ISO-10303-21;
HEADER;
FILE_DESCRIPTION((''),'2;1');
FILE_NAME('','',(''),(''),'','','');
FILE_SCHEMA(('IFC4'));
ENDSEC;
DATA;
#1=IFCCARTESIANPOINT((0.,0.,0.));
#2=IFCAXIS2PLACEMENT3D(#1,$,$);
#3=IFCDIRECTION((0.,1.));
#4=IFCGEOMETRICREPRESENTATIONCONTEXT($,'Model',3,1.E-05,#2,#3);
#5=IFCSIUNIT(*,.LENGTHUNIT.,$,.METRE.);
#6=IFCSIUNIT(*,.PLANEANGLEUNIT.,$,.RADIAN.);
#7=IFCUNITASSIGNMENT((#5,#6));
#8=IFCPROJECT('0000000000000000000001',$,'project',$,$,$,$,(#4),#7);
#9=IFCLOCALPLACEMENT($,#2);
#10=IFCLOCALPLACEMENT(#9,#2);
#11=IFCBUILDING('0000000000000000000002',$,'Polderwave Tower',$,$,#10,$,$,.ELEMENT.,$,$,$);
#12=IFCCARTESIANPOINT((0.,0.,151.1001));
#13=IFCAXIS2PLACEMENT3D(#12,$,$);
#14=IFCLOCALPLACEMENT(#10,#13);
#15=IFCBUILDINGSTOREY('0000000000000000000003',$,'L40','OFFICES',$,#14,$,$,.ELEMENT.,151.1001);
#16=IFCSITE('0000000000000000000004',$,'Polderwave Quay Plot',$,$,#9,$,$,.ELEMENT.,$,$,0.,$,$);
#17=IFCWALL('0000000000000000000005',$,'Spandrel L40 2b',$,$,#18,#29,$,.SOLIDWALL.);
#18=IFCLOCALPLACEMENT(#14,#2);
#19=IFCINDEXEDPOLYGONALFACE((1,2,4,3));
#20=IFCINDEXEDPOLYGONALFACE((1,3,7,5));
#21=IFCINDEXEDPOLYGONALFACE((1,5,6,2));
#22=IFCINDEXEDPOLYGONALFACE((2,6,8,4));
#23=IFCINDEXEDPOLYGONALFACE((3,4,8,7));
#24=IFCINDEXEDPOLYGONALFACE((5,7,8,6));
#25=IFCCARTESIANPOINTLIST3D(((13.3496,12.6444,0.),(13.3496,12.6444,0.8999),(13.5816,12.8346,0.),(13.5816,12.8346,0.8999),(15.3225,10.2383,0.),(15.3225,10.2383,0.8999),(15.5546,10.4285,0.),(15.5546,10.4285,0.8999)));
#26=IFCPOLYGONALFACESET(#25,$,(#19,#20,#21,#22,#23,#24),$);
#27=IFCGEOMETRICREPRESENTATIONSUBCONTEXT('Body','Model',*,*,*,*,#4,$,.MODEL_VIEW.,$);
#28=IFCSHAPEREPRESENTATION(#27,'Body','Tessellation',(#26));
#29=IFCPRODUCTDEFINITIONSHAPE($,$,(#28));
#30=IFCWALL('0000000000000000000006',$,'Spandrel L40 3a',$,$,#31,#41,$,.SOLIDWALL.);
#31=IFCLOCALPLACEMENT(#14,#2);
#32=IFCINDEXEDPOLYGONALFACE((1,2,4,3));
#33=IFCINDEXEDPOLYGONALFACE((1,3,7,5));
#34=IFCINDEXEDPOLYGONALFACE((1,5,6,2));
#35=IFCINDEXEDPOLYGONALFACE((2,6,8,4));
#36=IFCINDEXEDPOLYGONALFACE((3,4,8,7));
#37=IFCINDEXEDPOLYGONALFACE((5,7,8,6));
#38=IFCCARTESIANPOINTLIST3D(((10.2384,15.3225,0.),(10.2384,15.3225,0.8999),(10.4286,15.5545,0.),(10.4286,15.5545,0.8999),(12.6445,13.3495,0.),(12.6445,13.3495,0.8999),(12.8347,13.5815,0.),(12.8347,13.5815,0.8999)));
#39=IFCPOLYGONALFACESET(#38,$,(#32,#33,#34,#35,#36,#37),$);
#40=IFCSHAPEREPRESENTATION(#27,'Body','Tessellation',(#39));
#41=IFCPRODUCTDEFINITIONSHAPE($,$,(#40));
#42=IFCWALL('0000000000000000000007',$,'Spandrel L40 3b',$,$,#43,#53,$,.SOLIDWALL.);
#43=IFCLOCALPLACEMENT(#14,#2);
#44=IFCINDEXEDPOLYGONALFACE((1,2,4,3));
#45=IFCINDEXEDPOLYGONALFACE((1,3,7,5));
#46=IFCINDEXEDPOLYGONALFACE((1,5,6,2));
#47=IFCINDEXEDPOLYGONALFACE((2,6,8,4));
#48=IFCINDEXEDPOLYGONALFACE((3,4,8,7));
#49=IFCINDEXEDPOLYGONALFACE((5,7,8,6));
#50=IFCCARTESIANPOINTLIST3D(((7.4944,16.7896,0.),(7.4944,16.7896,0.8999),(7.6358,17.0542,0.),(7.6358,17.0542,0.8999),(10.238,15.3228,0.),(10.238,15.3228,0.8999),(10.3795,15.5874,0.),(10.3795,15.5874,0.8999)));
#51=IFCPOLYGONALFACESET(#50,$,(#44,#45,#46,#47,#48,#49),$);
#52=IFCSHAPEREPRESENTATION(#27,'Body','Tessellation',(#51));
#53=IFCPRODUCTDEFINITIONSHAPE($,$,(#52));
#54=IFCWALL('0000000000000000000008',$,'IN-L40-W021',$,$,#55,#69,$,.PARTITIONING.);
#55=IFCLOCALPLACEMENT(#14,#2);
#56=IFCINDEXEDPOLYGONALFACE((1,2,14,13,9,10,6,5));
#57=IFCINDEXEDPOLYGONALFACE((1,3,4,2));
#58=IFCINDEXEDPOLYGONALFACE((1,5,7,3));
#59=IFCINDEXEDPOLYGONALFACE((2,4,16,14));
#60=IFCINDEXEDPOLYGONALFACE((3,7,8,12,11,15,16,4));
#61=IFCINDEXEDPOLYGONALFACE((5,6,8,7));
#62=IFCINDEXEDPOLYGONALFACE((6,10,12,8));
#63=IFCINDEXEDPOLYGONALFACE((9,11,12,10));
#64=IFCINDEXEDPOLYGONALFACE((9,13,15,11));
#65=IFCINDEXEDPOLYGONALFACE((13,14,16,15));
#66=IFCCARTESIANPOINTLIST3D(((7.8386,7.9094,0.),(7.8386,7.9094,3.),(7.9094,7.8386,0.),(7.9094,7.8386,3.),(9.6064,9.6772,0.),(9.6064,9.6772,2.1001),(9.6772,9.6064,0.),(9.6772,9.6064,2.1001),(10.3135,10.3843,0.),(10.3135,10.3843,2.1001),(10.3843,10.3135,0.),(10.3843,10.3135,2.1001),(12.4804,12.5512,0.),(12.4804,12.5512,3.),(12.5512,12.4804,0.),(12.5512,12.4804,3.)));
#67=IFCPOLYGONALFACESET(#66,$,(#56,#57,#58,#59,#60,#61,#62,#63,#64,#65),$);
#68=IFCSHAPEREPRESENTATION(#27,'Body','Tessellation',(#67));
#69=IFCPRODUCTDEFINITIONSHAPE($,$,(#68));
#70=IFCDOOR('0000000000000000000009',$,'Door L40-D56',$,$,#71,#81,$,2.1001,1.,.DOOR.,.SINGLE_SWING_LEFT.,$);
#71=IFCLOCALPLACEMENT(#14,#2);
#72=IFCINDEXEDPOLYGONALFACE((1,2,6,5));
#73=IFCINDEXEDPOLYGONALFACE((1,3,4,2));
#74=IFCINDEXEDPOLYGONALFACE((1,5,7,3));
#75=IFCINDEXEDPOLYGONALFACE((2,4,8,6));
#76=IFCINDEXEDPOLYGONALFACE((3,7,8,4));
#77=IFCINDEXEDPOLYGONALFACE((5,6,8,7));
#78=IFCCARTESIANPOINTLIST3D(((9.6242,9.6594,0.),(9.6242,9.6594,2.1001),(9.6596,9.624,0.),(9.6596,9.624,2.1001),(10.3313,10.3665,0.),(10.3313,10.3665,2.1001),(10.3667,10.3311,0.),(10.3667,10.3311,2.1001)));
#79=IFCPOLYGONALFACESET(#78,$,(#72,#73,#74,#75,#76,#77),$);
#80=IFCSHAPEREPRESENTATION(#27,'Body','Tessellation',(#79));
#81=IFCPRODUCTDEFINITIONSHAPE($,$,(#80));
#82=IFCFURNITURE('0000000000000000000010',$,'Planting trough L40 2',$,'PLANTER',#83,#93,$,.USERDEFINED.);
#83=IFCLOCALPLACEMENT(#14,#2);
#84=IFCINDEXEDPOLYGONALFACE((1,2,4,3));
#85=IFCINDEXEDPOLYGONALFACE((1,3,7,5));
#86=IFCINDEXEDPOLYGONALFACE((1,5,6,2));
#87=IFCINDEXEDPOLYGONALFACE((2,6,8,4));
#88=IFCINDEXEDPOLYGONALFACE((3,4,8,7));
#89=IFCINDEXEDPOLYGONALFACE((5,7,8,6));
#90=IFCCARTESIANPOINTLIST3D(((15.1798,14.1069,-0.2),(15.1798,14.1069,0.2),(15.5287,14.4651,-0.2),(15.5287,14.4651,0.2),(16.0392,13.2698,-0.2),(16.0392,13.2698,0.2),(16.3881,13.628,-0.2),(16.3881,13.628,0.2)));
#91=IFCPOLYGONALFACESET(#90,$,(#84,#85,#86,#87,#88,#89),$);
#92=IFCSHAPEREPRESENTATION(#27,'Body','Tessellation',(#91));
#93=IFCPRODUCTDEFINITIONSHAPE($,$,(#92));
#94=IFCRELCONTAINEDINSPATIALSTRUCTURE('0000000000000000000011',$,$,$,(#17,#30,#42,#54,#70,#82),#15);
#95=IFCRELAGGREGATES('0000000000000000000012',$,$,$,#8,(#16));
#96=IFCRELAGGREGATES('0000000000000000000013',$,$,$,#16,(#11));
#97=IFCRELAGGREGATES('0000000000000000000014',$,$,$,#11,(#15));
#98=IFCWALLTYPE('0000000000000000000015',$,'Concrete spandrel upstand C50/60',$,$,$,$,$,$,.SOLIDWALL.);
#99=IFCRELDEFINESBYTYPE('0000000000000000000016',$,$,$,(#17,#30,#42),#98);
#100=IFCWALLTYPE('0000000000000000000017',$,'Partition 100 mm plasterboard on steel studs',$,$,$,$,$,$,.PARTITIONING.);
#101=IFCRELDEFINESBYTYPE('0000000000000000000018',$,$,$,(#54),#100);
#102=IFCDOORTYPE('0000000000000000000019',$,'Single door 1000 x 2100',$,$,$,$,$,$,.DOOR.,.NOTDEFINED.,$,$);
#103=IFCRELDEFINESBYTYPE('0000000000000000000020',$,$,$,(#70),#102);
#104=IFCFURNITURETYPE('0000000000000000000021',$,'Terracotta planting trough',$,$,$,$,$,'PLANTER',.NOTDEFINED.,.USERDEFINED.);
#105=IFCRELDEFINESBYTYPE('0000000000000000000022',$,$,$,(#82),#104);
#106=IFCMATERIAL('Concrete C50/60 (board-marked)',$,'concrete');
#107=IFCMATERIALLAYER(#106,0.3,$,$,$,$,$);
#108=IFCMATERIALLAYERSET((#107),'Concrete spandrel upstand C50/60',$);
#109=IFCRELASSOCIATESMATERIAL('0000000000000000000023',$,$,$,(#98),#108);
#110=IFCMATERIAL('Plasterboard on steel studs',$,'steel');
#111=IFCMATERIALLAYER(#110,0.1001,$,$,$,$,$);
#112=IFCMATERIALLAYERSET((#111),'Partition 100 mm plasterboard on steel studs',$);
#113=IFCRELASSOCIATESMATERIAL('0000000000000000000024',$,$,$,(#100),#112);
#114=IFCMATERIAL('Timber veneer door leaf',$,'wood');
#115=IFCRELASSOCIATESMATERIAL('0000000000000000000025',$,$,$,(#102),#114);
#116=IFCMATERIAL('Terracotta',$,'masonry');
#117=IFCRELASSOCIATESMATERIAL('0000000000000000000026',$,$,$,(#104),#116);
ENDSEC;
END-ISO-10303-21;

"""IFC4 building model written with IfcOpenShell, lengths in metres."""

from ifc_helpers import new_model, si_unit, direction, frame, frame_2d, origin, origin_2d, place, context, subcontext, project, spatial, rectangle, extrude, material, layer, layer_set, type_object, element, fill, save


model = new_model("IFC4")

# Units and contexts
model_context = context("Model", 3, precision=1e-05, world=origin(), true_north=direction((0.0, 1.0)))
body_context = subcontext(model_context, "Body", "Model", "MODEL_VIEW")
ifc_project = project(units=[si_unit("LENGTHUNIT", "METRE"), si_unit("PLANEANGLEUNIT", "RADIAN")], contexts=[model_context])

# Site, building, storey
site_placement = place(None, origin())
site = spatial("IfcSite", under=ifc_project, at=site_placement, Name="Polderwave Quay Plot", CompositionType="ELEMENT", RefElevation=0.0)
building_placement = place(site_placement, origin())
building = spatial("IfcBuilding", under=site, at=building_placement, Name="Polderwave Tower", CompositionType="ELEMENT")
storey_placement = place(building_placement, frame((0.0, 0.0, 151.1001)))
storey = spatial("IfcBuildingStorey", under=building, at=storey_placement, Name="L40", Description="OFFICES", CompositionType="ELEMENT", Elevation=151.1001)

# Walls
ifc_material_1 = material(Name="Concrete C50/60 (board-marked)", Category="concrete")
ifc_layer_1 = layer(ifc_material_1, 0.3)
ifc_layer_set_1 = layer_set([ifc_layer_1], Name="Concrete spandrel upstand C50/60")
wall_type_1 = type_object("IfcWallType", Name="Concrete spandrel upstand C50/60", PredefinedType="SOLIDWALL", material=ifc_layer_set_1)
for number, where, z_axis, x_axis, name in (
    (1, (15.4385, 10.3335, 0.0), (0.0, 0.0, 1.0), (-0.634075, 0.773272, 0.0), "Spandrel L40 2b"),
    (2, (12.7395, 13.4656, 0.0), (0.0, 0.0, 1.0), (-0.773272, 0.634075, 0.0), "Spandrel L40 3a"),
):
    element("IfcWall", number, at=place(storey_placement, frame(where, z_axis=z_axis, x_axis=x_axis)), inside=storey, type_object=wall_type_1, Name=name, PredefinedType="SOLIDWALL", context=body_context, shape_type="SweptSolid", body=[
        extrude(rectangle(XDim=3.1116, YDim=0.3, at=frame_2d((1.5557, 0.0))), origin(), (0.0, 0.0, 1.0), 0.8999),
    ])
wall_1_placement = place(storey_placement, frame((10.3088, 15.4551, 0.0), z_axis=(0.0, 0.0, 1.0), x_axis=(-0.881883, 0.471468, 0.0)))
element("IfcWall", 3, at=wall_1_placement, inside=storey, type_object=wall_type_1, Name="Spandrel L40 3b", PredefinedType="SOLIDWALL", context=body_context, shape_type="SweptSolid", body=[
    extrude(rectangle(XDim=3.1111, YDim=0.3, at=frame_2d((1.5557, 0.0))), origin(), (0.0, 0.0, 1.0), 0.8999),
])

# Wall, opening, door
ifc_material_2 = material(Name="Plasterboard on steel studs", Category="steel")
ifc_layer_2 = layer(ifc_material_2, 0.1001)
ifc_layer_set_2 = layer_set([ifc_layer_2], Name="Partition 100 mm plasterboard on steel studs")
wall_type_2 = type_object("IfcWallType", Name="Partition 100 mm plasterboard on steel studs", PredefinedType="PARTITIONING", material=ifc_layer_set_2)
wall_2_placement = place(storey_placement, frame((7.874, 7.874, 0.0), z_axis=(0.0, 0.0, 1.0), x_axis=(0.707107, 0.707107, 0.0)))
wall_2 = element("IfcWall", 4, at=wall_2_placement, inside=storey, type_object=wall_type_2, Name="IN-L40-W021", PredefinedType="PARTITIONING", context=body_context, shape_type="SweptSolid", body=[
    extrude(rectangle(XDim=6.5645, YDim=0.1001, at=frame_2d((3.2822, 0.0))), origin(), (0.0, 0.0, 1.0), 3.0),
])
opening_placement = place(wall_2_placement, frame((2.5, 0.0, 0.0)))
opening = element("IfcOpeningElement", 5, at=opening_placement, cuts=wall_2, PredefinedType="OPENING", context=body_context, shape_type="SweptSolid", body=[
    extrude(rectangle(XDim=1.0, YDim=2.1001, at=frame_2d((0.5, 1.05))), frame((0.0, 0.0601, 0.0), z_axis=(0.0, -1.0, 0.0), x_axis=(1.0, 0.0, 0.0)), (0.0, 0.0, 1.0), 0.1201),
])
ifc_material_3 = material(Name="Timber veneer door leaf", Category="wood")
door_type = type_object("IfcDoorType", Name="Single door 1000 x 2100", OperationType="NOTDEFINED", PredefinedType="DOOR", material=ifc_material_3)
door_placement = place(opening_placement, origin())
door = element("IfcDoor", 6, at=door_placement, inside=storey, type_object=door_type, Name="Door L40-D56", OperationType="SINGLE_SWING_LEFT", OverallHeight=2.1001, OverallWidth=1.0, PredefinedType="DOOR", context=body_context, shape_type="SweptSolid", body=[
    extrude(rectangle(XDim=1.0, YDim=2.1001, at=frame_2d((0.5, 1.05))), frame((0.0, 0.0249, 0.0), z_axis=(0.0, -1.0, 0.0), x_axis=(1.0, 0.0, 0.0)), (0.0, 0.0, 1.0), 0.05),
])
fill(opening, door)

# Furniture
ifc_material_4 = material(Name="Terracotta", Category="masonry")
furniture_type = type_object("IfcFurnitureType", Name="Terracotta planting trough", ElementType="PLANTER", AssemblyPlace="NOTDEFINED", PredefinedType="USERDEFINED", material=ifc_material_4)
furniture_placement = place(storey_placement, frame((15.7839, 13.8674, -0.2), z_axis=(0.0, 0.0, 1.0), x_axis=(-0.716345, 0.697747, 0.0)))
element("IfcFurniture", 7, at=furniture_placement, inside=storey, type_object=furniture_type, Name="Planting trough L40 2", ObjectType="PLANTER", PredefinedType="USERDEFINED", context=body_context, shape_type="SweptSolid", body=[
    extrude(rectangle(XDim=1.1997, YDim=0.5, at=origin_2d()), origin(), (0.0, 0.0, 1.0), 0.3999),
])

save(model, "model.ifc")
